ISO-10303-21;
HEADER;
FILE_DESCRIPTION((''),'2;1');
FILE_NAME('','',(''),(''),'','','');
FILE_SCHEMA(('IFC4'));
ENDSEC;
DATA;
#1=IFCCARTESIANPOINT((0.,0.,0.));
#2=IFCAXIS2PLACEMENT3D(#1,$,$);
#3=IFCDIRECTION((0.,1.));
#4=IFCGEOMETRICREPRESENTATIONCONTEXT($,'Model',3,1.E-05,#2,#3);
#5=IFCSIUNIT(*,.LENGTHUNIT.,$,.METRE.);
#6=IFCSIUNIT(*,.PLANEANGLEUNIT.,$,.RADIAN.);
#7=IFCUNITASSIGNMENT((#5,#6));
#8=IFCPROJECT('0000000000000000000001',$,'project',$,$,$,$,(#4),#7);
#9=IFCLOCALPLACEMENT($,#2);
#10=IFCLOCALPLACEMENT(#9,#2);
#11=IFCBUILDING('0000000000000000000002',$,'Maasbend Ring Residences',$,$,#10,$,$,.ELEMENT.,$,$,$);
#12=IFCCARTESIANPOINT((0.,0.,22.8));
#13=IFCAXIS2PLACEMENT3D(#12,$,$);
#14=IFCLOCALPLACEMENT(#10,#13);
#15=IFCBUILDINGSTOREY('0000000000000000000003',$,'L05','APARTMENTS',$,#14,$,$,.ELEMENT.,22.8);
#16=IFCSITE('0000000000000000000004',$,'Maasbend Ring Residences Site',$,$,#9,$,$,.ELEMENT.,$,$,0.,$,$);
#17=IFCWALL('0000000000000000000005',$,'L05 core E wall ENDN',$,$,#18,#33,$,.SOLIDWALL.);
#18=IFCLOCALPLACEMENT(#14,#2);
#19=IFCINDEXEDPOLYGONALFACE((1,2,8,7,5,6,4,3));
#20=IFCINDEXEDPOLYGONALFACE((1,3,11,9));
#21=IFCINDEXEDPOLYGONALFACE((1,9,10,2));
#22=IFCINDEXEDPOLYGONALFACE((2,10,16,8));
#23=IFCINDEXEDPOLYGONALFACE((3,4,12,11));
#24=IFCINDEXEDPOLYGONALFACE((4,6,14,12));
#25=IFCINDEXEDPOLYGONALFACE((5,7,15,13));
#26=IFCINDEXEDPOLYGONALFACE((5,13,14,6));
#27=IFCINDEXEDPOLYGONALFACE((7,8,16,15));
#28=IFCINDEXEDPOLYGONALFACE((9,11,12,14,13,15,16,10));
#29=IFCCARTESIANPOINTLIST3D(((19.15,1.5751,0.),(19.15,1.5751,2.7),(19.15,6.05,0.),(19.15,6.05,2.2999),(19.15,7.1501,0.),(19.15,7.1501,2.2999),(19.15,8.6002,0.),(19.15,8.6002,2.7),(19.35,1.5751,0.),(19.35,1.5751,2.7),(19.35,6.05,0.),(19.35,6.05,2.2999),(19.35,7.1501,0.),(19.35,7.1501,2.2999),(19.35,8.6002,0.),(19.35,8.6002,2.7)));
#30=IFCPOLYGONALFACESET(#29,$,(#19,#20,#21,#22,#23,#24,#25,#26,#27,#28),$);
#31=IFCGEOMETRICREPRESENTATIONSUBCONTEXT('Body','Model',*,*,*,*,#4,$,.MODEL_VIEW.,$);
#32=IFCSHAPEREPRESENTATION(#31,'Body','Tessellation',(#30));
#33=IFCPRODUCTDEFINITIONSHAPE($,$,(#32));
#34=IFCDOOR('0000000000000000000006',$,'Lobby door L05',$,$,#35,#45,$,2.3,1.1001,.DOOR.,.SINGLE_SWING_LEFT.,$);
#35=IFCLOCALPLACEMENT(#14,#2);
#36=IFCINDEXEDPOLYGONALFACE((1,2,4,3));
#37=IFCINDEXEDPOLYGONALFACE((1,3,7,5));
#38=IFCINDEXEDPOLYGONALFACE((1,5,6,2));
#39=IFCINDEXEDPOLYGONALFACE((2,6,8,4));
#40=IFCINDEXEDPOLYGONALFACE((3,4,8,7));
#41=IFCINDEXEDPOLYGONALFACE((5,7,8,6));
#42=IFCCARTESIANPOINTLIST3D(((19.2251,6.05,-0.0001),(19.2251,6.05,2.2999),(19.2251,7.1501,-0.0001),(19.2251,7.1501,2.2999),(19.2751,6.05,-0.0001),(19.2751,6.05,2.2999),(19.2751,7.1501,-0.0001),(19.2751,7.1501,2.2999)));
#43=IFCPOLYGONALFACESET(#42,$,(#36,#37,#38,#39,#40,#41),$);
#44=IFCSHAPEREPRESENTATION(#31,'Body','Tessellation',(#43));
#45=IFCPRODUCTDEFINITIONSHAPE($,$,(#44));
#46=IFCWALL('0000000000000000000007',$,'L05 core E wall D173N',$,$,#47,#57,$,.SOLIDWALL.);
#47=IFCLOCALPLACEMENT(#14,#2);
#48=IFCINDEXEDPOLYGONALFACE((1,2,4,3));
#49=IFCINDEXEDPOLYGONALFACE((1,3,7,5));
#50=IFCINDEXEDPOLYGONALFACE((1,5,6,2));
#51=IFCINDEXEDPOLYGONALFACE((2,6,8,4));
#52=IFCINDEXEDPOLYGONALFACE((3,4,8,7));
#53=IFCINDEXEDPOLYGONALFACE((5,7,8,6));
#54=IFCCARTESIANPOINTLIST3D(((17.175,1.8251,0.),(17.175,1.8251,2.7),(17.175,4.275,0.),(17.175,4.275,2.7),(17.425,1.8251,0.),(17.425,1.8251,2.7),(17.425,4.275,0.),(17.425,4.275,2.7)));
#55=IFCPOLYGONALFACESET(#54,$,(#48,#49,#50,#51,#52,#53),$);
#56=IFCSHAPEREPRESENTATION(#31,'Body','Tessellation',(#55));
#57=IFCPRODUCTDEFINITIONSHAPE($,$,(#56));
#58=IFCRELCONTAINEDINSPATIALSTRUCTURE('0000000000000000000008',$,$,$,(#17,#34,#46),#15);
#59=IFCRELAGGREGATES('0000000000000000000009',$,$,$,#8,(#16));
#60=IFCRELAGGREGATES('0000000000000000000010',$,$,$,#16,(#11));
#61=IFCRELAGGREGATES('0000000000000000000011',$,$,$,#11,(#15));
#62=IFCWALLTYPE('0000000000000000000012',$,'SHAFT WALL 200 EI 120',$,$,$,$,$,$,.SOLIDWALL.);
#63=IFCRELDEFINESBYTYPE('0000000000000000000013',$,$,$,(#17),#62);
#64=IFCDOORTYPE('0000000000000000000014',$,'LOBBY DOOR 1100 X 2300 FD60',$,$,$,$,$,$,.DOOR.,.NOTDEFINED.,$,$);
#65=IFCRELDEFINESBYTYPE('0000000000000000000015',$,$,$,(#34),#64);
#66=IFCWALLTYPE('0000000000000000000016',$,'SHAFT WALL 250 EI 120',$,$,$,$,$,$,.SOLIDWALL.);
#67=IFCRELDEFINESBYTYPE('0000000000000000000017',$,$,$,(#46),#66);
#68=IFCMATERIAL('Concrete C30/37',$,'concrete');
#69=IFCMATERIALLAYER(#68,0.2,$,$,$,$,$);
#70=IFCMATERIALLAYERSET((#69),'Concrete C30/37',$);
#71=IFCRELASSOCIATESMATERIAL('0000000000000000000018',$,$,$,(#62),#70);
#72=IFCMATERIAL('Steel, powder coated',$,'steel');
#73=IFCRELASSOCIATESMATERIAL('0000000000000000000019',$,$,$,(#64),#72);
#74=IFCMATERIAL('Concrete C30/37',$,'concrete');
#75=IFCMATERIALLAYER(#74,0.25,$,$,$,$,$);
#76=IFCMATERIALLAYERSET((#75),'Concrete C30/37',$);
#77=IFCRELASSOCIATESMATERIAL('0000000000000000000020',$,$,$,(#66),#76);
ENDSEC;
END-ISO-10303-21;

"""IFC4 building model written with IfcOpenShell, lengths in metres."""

from ifc_helpers import new_model, si_unit, direction, frame, frame_2d, origin, place, context, subcontext, project, spatial, rectangle, extrude, material, layer, layer_set, type_object, element, fill, save


model = new_model("IFC4")

# Units and contexts
model_context = context("Model", 3, precision=1e-05, world=origin(), true_north=direction((0.0, 1.0)))
body_context = subcontext(model_context, "Body", "Model", "MODEL_VIEW")
ifc_project = project(units=[si_unit("LENGTHUNIT", "METRE"), si_unit("PLANEANGLEUNIT", "RADIAN")], contexts=[model_context])

# Site, building, storey
site_placement = place(None, origin())
site = spatial("IfcSite", under=ifc_project, at=site_placement, Name="Maasbend Ring Residences Site", CompositionType="ELEMENT", RefElevation=0.0)
building_placement = place(site_placement, origin())
building = spatial("IfcBuilding", under=site, at=building_placement, Name="Maasbend Ring Residences", CompositionType="ELEMENT")
storey_placement = place(building_placement, frame((0.0, 0.0, 22.8)))
storey = spatial("IfcBuildingStorey", under=building, at=storey_placement, Name="L05", Description="APARTMENTS", CompositionType="ELEMENT", Elevation=22.8)

# Wall, opening, door
ifc_material_1 = material(Name="Concrete C30/37", Category="concrete")
ifc_layer_1 = layer(ifc_material_1, 0.2)
ifc_layer_set_1 = layer_set([ifc_layer_1], Name="Concrete C30/37")
wall_type_1 = type_object("IfcWallType", Name="SHAFT WALL 200 EI 120", PredefinedType="SOLIDWALL", material=ifc_layer_set_1)
wall_1_placement = place(storey_placement, frame((19.25, 1.575, 0.0), z_axis=(0.0, 0.0, 1.0), x_axis=(0.0, 1.0, 0.0)))
wall_1 = element("IfcWall", 1, at=wall_1_placement, inside=storey, type_object=wall_type_1, Name="L05 core E wall ENDN", PredefinedType="SOLIDWALL", context=body_context, shape_type="SweptSolid", body=[
    extrude(rectangle(XDim=7.0251, YDim=0.2, at=frame_2d((3.5127, 0.0))), origin(), (0.0, 0.0, 1.0), 2.7),
])
opening_1_placement = place(wall_1_placement, frame((4.4751, 0.0, 0.0)))
opening_1 = element("IfcOpeningElement", 2, at=opening_1_placement, cuts=wall_1, PredefinedType="OPENING", context=body_context, shape_type="SweptSolid", body=[
    extrude(rectangle(XDim=1.1001, YDim=2.3, at=frame_2d((0.55, 1.1499))), frame((0.0, 0.1099, 0.0), z_axis=(0.0, -1.0, 0.0), x_axis=(1.0, 0.0, 0.0)), (0.0, 0.0, 1.0), 0.22),
])
ifc_material_2 = material(Name="Steel, powder coated", Category="steel")
door_type_1 = type_object("IfcDoorType", Name="LOBBY DOOR 1100 X 2300 FD60", OperationType="NOTDEFINED", PredefinedType="DOOR", material=ifc_material_2)
door_1_placement = place(opening_1_placement, origin())
door_1 = element("IfcDoor", 3, at=door_1_placement, inside=storey, type_object=door_type_1, Name="Lobby door L05", OperationType="SINGLE_SWING_LEFT", OverallHeight=2.3, OverallWidth=1.1001, PredefinedType="DOOR", context=body_context, shape_type="SweptSolid", body=[
    extrude(rectangle(XDim=1.1001, YDim=2.3, at=frame_2d((0.55, 1.1499))), frame((0.0, 0.0249, 0.0), z_axis=(0.0, -1.0, 0.0), x_axis=(1.0, 0.0, 0.0)), (0.0, 0.0, 1.0), 0.05),
])
fill(opening_1, door_1)

# Wall
ifc_material_3 = material(Name="Concrete C30/37", Category="concrete")
ifc_layer_2 = layer(ifc_material_3, 0.25)
ifc_layer_set_2 = layer_set([ifc_layer_2], Name="Concrete C30/37")
wall_type_2 = type_object("IfcWallType", Name="SHAFT WALL 250 EI 120", PredefinedType="SOLIDWALL", material=ifc_layer_set_2)
wall_2_placement = place(storey_placement, frame((17.3, 1.825, 0.0), z_axis=(0.0, 0.0, 1.0), x_axis=(0.0, 1.0, 0.0)))
element("IfcWall", 4, at=wall_2_placement, inside=storey, type_object=wall_type_2, Name="L05 core E wall D173N", PredefinedType="SOLIDWALL", context=body_context, shape_type="SweptSolid", body=[
    extrude(rectangle(XDim=2.45, YDim=0.25, at=frame_2d((1.2251, 0.0))), origin(), (0.0, 0.0, 1.0), 2.7),
])

save(model, "model.ifc")
